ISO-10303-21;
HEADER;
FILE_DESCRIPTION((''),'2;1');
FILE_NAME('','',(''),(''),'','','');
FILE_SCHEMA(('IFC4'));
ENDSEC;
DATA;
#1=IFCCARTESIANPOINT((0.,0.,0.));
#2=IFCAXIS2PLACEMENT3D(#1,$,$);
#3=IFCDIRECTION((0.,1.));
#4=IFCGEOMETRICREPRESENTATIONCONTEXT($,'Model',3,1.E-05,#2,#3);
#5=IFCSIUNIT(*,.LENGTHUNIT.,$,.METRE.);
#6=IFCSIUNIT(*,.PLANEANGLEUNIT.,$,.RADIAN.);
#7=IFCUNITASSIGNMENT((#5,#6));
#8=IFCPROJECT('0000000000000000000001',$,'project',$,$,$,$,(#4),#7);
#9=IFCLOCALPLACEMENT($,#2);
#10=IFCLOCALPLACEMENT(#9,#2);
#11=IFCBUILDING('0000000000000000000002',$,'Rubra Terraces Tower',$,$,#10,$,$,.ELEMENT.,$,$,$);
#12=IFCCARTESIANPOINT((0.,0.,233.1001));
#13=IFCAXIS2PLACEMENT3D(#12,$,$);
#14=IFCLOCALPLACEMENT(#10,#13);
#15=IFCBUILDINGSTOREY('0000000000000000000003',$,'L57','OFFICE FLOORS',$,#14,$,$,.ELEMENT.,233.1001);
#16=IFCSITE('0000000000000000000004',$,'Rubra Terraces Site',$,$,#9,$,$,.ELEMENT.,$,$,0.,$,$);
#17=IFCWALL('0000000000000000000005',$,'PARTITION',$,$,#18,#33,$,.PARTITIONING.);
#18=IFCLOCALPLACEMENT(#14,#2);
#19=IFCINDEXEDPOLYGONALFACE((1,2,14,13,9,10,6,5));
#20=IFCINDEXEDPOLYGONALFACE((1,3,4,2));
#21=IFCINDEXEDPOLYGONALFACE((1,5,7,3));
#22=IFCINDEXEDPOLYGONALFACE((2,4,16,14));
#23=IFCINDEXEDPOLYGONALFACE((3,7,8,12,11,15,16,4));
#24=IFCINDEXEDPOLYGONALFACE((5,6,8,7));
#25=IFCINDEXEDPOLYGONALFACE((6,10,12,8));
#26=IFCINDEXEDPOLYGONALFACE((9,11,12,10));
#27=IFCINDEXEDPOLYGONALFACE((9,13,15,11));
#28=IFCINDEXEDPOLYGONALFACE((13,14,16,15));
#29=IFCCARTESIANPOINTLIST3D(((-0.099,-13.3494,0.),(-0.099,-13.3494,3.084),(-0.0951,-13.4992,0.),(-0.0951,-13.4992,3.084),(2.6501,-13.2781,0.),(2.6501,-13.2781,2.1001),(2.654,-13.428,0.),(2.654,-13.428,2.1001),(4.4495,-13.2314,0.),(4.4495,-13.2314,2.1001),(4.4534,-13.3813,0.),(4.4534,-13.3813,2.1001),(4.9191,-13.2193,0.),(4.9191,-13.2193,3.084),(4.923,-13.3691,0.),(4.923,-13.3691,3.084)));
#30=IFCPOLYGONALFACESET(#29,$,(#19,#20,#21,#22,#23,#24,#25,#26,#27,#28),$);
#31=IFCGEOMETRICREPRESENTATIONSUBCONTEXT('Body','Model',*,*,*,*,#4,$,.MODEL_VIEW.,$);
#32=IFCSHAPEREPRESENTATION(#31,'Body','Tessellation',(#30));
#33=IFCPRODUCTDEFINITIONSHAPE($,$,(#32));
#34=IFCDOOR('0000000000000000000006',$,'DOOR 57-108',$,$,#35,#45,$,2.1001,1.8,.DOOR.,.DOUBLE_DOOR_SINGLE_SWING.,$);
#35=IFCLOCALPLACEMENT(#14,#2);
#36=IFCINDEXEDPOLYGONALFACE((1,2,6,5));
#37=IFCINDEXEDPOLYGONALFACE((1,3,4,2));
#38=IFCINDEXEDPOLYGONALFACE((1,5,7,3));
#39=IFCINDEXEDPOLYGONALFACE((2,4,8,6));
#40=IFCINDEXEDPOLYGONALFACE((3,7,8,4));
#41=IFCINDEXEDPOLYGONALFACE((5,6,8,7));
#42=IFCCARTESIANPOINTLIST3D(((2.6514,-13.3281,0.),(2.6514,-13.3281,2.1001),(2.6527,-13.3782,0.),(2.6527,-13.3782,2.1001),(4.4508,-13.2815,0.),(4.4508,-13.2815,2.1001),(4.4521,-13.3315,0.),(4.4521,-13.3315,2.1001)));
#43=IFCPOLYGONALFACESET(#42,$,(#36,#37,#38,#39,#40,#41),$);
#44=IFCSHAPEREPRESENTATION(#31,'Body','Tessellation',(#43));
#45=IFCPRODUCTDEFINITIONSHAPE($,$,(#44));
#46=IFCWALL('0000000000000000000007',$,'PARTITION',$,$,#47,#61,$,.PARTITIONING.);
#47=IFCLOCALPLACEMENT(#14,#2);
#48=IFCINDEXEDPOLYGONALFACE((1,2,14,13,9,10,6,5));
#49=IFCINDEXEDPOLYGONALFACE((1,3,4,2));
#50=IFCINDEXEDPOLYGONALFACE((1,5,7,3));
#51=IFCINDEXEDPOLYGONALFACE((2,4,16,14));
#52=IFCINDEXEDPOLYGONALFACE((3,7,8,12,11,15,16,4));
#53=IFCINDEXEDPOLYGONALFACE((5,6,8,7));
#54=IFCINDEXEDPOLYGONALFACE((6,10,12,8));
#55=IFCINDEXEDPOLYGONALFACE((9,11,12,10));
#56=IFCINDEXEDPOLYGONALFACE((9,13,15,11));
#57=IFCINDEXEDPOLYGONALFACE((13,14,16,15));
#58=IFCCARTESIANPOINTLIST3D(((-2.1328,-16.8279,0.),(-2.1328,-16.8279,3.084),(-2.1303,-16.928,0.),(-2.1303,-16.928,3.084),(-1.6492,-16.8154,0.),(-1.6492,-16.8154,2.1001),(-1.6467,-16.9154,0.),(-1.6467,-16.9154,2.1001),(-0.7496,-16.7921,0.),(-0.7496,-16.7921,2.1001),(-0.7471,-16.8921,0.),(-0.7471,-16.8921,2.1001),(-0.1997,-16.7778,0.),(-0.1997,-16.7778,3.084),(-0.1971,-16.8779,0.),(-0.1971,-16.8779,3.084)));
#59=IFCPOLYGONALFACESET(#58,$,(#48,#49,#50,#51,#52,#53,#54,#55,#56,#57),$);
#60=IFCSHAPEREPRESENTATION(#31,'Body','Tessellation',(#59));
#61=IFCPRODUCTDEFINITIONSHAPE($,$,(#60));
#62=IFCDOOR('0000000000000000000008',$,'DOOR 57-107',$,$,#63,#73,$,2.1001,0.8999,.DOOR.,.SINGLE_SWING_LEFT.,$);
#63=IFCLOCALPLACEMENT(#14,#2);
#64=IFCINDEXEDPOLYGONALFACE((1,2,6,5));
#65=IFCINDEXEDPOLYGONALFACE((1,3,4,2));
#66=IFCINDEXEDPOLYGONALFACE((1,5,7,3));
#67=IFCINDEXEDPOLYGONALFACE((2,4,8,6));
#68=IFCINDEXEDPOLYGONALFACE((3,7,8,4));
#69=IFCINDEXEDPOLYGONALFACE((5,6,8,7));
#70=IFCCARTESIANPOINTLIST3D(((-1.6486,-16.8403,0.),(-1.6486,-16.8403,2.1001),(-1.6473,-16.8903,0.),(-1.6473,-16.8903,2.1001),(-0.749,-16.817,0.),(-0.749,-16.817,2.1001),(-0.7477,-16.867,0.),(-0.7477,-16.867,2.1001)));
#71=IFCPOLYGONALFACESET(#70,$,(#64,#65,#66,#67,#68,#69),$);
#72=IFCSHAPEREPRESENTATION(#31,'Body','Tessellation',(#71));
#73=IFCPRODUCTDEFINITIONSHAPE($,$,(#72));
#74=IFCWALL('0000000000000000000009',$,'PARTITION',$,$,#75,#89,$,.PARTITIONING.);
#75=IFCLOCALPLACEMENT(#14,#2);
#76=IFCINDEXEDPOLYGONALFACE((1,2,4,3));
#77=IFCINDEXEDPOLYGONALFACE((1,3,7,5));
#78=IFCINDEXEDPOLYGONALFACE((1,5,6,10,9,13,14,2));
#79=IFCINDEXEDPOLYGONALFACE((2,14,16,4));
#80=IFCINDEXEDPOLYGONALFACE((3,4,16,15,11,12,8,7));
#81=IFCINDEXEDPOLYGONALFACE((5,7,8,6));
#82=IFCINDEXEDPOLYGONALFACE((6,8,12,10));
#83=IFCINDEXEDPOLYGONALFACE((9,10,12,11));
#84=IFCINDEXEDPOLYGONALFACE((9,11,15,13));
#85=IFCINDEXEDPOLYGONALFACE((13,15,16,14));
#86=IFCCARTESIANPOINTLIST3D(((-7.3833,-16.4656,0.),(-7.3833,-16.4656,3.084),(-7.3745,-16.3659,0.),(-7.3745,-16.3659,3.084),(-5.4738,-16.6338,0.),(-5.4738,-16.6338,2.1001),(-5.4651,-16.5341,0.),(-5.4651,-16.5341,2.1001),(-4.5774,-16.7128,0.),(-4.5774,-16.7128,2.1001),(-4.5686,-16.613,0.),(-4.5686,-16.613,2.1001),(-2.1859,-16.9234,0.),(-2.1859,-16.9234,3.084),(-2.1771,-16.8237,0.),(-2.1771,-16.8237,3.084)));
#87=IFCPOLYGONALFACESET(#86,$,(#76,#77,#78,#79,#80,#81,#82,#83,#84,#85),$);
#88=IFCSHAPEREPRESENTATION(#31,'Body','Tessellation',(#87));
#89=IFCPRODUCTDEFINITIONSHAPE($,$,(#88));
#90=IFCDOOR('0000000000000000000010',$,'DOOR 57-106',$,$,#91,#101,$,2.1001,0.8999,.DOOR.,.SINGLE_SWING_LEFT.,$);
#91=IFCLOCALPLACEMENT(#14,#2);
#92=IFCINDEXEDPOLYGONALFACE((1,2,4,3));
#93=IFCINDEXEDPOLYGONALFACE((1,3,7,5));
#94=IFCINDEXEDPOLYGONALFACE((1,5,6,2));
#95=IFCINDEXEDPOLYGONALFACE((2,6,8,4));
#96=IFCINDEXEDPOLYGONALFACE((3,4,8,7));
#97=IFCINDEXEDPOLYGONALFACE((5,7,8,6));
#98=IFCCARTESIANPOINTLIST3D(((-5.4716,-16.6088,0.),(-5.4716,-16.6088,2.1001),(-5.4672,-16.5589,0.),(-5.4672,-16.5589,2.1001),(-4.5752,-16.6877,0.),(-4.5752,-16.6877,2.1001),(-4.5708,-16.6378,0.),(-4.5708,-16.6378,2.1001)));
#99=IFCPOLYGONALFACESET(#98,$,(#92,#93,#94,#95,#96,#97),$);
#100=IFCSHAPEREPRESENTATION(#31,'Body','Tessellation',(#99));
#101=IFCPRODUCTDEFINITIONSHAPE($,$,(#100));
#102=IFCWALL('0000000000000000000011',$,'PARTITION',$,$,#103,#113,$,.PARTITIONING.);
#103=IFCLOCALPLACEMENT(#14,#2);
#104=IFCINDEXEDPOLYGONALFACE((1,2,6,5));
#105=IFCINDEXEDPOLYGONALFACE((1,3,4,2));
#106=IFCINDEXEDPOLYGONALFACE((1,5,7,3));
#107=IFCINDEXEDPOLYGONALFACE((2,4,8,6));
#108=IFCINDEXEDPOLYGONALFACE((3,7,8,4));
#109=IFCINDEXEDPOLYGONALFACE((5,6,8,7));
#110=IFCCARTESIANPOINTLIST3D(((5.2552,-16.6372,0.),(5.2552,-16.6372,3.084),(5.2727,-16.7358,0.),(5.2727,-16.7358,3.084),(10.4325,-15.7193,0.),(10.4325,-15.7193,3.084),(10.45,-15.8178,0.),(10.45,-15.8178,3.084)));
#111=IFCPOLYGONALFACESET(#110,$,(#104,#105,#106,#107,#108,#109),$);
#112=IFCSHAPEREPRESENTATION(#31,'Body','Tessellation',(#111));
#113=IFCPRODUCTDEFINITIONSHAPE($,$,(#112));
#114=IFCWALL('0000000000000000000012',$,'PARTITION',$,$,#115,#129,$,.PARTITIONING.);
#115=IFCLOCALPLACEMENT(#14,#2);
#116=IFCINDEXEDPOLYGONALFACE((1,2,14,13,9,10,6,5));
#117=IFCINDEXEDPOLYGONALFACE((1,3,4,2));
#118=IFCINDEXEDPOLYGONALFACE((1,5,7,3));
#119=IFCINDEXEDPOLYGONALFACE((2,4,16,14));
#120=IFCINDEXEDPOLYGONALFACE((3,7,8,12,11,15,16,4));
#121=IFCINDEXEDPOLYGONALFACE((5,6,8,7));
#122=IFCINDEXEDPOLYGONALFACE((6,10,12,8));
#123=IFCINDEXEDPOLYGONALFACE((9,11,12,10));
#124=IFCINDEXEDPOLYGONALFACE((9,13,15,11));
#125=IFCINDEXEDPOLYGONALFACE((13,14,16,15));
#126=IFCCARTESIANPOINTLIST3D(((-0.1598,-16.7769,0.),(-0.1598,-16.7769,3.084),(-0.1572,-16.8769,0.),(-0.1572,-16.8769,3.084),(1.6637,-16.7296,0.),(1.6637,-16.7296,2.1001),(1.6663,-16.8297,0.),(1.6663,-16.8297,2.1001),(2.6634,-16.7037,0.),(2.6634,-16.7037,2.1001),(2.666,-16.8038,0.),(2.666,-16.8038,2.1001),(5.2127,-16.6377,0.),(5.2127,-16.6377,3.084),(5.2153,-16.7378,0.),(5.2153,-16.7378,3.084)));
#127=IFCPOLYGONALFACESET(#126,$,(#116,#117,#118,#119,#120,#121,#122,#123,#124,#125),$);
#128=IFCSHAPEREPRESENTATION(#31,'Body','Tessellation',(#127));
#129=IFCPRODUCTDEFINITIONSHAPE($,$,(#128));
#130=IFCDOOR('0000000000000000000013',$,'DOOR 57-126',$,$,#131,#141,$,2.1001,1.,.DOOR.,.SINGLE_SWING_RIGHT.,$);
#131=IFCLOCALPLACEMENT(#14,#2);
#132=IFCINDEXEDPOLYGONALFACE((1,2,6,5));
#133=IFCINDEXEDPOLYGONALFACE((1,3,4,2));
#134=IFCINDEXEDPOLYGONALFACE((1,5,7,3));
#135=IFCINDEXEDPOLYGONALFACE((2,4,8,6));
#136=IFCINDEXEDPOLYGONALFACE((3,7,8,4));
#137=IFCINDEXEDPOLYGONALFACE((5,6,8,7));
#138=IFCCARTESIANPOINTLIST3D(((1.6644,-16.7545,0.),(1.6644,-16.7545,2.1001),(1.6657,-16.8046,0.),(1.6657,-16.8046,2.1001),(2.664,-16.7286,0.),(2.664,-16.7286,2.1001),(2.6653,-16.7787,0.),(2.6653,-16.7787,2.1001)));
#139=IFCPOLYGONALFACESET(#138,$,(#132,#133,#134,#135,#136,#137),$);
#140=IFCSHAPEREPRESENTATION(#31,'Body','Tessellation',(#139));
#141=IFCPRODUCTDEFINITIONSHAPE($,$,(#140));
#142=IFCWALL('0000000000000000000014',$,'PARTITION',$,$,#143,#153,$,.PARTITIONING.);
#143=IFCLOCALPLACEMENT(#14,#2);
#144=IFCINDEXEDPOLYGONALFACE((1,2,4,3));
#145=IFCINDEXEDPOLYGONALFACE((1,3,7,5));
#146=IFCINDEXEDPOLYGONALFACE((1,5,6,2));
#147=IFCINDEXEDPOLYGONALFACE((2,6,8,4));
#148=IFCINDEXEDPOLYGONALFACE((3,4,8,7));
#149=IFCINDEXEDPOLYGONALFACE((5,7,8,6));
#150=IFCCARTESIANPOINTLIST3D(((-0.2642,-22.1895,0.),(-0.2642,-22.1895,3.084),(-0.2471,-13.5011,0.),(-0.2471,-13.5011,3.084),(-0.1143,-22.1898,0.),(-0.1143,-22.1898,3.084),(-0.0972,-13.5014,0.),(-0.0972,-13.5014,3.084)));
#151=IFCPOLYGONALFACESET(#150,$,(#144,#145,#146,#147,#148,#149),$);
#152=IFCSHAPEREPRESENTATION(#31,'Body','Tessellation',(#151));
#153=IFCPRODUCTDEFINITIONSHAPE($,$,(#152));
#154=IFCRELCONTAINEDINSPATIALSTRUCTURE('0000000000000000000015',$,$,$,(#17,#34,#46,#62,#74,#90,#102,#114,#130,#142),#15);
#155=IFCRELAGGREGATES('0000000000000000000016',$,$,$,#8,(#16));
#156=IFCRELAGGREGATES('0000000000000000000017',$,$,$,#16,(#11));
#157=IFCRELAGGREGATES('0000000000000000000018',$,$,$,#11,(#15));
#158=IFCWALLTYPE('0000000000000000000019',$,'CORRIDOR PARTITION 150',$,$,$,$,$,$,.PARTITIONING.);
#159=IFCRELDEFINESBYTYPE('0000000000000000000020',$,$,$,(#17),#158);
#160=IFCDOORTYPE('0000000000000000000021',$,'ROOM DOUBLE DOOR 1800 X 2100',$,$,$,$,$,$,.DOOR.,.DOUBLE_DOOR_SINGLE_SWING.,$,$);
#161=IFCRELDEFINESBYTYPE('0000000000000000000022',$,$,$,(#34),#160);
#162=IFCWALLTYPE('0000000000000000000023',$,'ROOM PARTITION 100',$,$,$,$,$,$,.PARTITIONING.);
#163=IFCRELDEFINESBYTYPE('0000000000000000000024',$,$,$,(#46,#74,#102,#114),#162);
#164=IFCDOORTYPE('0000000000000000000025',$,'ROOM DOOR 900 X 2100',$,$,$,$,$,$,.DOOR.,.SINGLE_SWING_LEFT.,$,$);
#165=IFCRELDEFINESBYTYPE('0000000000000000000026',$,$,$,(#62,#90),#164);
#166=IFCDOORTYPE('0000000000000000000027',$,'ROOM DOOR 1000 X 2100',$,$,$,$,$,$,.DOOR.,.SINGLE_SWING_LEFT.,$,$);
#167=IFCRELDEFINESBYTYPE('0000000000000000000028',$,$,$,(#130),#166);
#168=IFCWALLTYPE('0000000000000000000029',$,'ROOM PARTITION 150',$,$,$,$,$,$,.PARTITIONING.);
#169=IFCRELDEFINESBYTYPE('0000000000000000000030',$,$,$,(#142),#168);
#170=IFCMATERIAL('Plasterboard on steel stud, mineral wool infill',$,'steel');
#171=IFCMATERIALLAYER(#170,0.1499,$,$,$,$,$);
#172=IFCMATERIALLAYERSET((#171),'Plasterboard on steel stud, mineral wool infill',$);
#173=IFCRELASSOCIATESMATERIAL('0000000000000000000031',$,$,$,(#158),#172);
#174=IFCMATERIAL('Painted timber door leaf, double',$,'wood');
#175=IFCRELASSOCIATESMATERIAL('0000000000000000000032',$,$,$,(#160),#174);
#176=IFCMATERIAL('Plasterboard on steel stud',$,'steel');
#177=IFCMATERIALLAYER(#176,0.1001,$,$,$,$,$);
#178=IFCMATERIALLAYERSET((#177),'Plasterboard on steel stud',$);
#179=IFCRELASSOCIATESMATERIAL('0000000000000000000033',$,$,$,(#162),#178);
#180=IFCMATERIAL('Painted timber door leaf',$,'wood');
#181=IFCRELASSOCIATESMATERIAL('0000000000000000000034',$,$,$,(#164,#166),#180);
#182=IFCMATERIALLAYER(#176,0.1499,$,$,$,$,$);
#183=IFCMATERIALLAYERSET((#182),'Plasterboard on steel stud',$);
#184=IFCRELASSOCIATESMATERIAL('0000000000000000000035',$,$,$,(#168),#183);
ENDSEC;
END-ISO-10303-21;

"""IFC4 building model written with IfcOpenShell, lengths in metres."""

from ifc_helpers import new_model, si_unit, direction, frame, frame_2d, origin, place, context, subcontext, project, spatial, rectangle, extrude, material, layer, layer_set, type_object, element, fill, save


model = new_model("IFC4")

# Units and contexts
model_context = context("Model", 3, precision=1e-05, world=origin(), true_north=direction((0.0, 1.0)))
body_context = subcontext(model_context, "Body", "Model", "MODEL_VIEW")
ifc_project = project(units=[si_unit("LENGTHUNIT", "METRE"), si_unit("PLANEANGLEUNIT", "RADIAN")], contexts=[model_context])

# Site, building, storey
site_placement = place(None, origin())
site = spatial("IfcSite", under=ifc_project, at=site_placement, Name="Rubra Terraces Site", CompositionType="ELEMENT", RefElevation=0.0)
building_placement = place(site_placement, origin())
building = spatial("IfcBuilding", under=site, at=building_placement, Name="Rubra Terraces Tower", CompositionType="ELEMENT")
storey_placement = place(building_placement, frame((0.0, 0.0, 233.1001)))
storey = spatial("IfcBuildingStorey", under=building, at=storey_placement, Name="L57", Description="OFFICE FLOORS", CompositionType="ELEMENT", Elevation=233.1001)

# Shared definitions
ifc_material_1 = material(Name="Plasterboard on steel stud, mineral wool infill", Category="steel")
ifc_layer_1 = layer(ifc_material_1, 0.1499)
ifc_layer_set_1 = layer_set([ifc_layer_1], Name="Plasterboard on steel stud, mineral wool infill")
wall_type_1 = type_object("IfcWallType", Name="CORRIDOR PARTITION 150", PredefinedType="PARTITIONING", material=ifc_layer_set_1)

# Walls, openings, doors
wall_1_placement = place(storey_placement, frame((-0.0969, -13.4243, 0.0), z_axis=(0.0, 0.0, 1.0), x_axis=(0.999664, 0.025923, 0.0)))
wall_1 = element("IfcWall", 1, at=wall_1_placement, inside=storey, type_object=wall_type_1, Name="PARTITION", PredefinedType="PARTITIONING", context=body_context, shape_type="SweptSolid", body=[
    extrude(rectangle(XDim=5.0198, YDim=0.1499, at=frame_2d((2.5098, 0.0))), origin(), (0.0, 0.0, 1.0), 3.084),
])
opening_1_placement = place(wall_1_placement, frame((2.75, 0.0, 0.0)))
opening_1 = element("IfcOpeningElement", 2, at=opening_1_placement, cuts=wall_1, PredefinedType="OPENING", context=body_context, shape_type="SweptSolid", body=[
    extrude(rectangle(XDim=1.8, YDim=2.1001, at=frame_2d((0.8999, 1.05))), frame((0.0, 0.085, 0.0), z_axis=(0.0, -1.0, 0.0), x_axis=(1.0, 0.0, 0.0)), (0.0, 0.0, 1.0), 0.1699),
])
ifc_material_2 = material(Name="Painted timber door leaf, double", Category="wood")
door_type_1 = type_object("IfcDoorType", Name="ROOM DOUBLE DOOR 1800 X 2100", OperationType="DOUBLE_DOOR_SINGLE_SWING", PredefinedType="DOOR", material=ifc_material_2)
door_1_placement = place(opening_1_placement, origin())
door_1 = element("IfcDoor", 3, at=door_1_placement, inside=storey, type_object=door_type_1, Name="DOOR 57-108", OperationType="DOUBLE_DOOR_SINGLE_SWING", OverallHeight=2.1001, OverallWidth=1.8, PredefinedType="DOOR", context=body_context, shape_type="SweptSolid", body=[
    extrude(rectangle(XDim=1.8, YDim=2.1001, at=frame_2d((0.8999, 1.05))), frame((0.0, 0.0249, 0.0), z_axis=(0.0, -1.0, 0.0), x_axis=(1.0, 0.0, 0.0)), (0.0, 0.0, 1.0), 0.05),
])
fill(opening_1, door_1)
ifc_material_3 = material(Name="Plasterboard on steel stud", Category="steel")
ifc_layer_2 = layer(ifc_material_3, 0.1001)
ifc_layer_set_2 = layer_set([ifc_layer_2], Name="Plasterboard on steel stud")
wall_type_2 = type_object("IfcWallType", Name="ROOM PARTITION 100", PredefinedType="PARTITIONING", material=ifc_layer_set_2)
wall_2_placement = place(storey_placement, frame((-0.1985, -16.8279, 0.0), z_axis=(0.0, 0.0, 1.0), x_axis=(-0.999665, -0.025882, 0.0)))
wall_2 = element("IfcWall", 4, at=wall_2_placement, inside=storey, type_object=wall_type_2, Name="PARTITION", PredefinedType="PARTITIONING", context=body_context, shape_type="SweptSolid", body=[
    extrude(rectangle(XDim=1.9338, YDim=0.1001, at=frame_2d((0.9668, 0.0))), origin(), (0.0, 0.0, 1.0), 3.084),
])
opening_2_placement = place(wall_2_placement, frame((0.55, 0.0, 0.0)))
opening_2 = element("IfcOpeningElement", 5, at=opening_2_placement, cuts=wall_2, PredefinedType="OPENING", context=body_context, shape_type="SweptSolid", body=[
    extrude(rectangle(XDim=0.8999, YDim=2.1001, at=frame_2d((0.45, 1.05))), frame((0.0, 0.0601, 0.0), z_axis=(0.0, -1.0, 0.0), x_axis=(1.0, 0.0, 0.0)), (0.0, 0.0, 1.0), 0.1201),
])
ifc_material_4 = material(Name="Painted timber door leaf", Category="wood")
door_type_2 = type_object("IfcDoorType", Name="ROOM DOOR 900 X 2100", OperationType="SINGLE_SWING_LEFT", PredefinedType="DOOR", material=ifc_material_4)
door_2_placement = place(opening_2_placement, origin())
door_2 = element("IfcDoor", 6, at=door_2_placement, inside=storey, type_object=door_type_2, Name="DOOR 57-107", OperationType="SINGLE_SWING_LEFT", OverallHeight=2.1001, OverallWidth=0.8999, PredefinedType="DOOR", context=body_context, shape_type="SweptSolid", body=[
    extrude(rectangle(XDim=0.8999, YDim=2.1001, at=frame_2d((0.45, 1.05))), frame((0.0, 0.0249, 0.0), z_axis=(0.0, -1.0, 0.0), x_axis=(1.0, 0.0, 0.0)), (0.0, 0.0, 1.0), 0.05),
])
fill(opening_2, door_2)
wall_3_placement = place(storey_placement, frame((-2.1814, -16.8735, 0.0), z_axis=(0.0, 0.0, 1.0), x_axis=(-0.996144, 0.087734, 0.0)))
wall_3 = element("IfcWall", 7, at=wall_3_placement, inside=storey, type_object=wall_type_2, Name="PARTITION", PredefinedType="PARTITIONING", context=body_context, shape_type="SweptSolid", body=[
    extrude(rectangle(XDim=5.2175, YDim=0.1001, at=frame_2d((2.6089, 0.0))), origin(), (0.0, 0.0, 1.0), 3.084),
])
opening_3_placement = place(wall_3_placement, frame((2.4009, 0.0, 0.0)))
opening_3 = element("IfcOpeningElement", 8, at=opening_3_placement, cuts=wall_3, PredefinedType="OPENING", context=body_context, shape_type="SweptSolid", body=[
    extrude(rectangle(XDim=0.8999, YDim=2.1001, at=frame_2d((0.45, 1.05))), frame((0.0, 0.0601, 0.0), z_axis=(0.0, -1.0, 0.0), x_axis=(1.0, 0.0, 0.0)), (0.0, 0.0, 1.0), 0.1201),
])
door_3_placement = place(opening_3_placement, origin())
door_3 = element("IfcDoor", 9, at=door_3_placement, inside=storey, type_object=door_type_2, Name="DOOR 57-106", OperationType="SINGLE_SWING_LEFT", OverallHeight=2.1001, OverallWidth=0.8999, PredefinedType="DOOR", context=body_context, shape_type="SweptSolid", body=[
    extrude(rectangle(XDim=0.8999, YDim=2.1001, at=frame_2d((0.45, 1.05))), frame((0.0, 0.0249, 0.0), z_axis=(0.0, -1.0, 0.0), x_axis=(1.0, 0.0, 0.0)), (0.0, 0.0, 1.0), 0.05),
])
fill(opening_3, door_3)

# Wall
wall_4_placement = place(storey_placement, frame((10.4412, -15.7686, 0.0), z_axis=(0.0, 0.0, 1.0), x_axis=(-0.984642, -0.174585, 0.0)))
element("IfcWall", 10, at=wall_4_placement, inside=storey, type_object=wall_type_2, Name="PARTITION", PredefinedType="PARTITIONING", context=body_context, shape_type="SweptSolid", body=[
    extrude(rectangle(XDim=5.2581, YDim=0.1001, at=frame_2d((2.6289, 0.0))), origin(), (0.0, 0.0, 1.0), 3.084),
])

# Wall, opening, door
wall_5_placement = place(storey_placement, frame((5.2139, -16.6877, 0.0), z_axis=(0.0, 0.0, 1.0), x_axis=(-0.999665, -0.025893, 0.0)))
wall_5 = element("IfcWall", 11, at=wall_5_placement, inside=storey, type_object=wall_type_2, Name="PARTITION", PredefinedType="PARTITIONING", context=body_context, shape_type="SweptSolid", body=[
    extrude(rectangle(XDim=5.3743, YDim=0.1001, at=frame_2d((2.687, 0.0))), origin(), (0.0, 0.0, 1.0), 3.084),
])
opening_4_placement = place(wall_5_placement, frame((2.55, 0.0, 0.0)))
opening_4 = element("IfcOpeningElement", 12, at=opening_4_placement, cuts=wall_5, PredefinedType="OPENING", context=body_context, shape_type="SweptSolid", body=[
    extrude(rectangle(XDim=1.0, YDim=2.1001, at=frame_2d((0.5, 1.05))), frame((0.0, 0.0601, 0.0), z_axis=(0.0, -1.0, 0.0), x_axis=(1.0, 0.0, 0.0)), (0.0, 0.0, 1.0), 0.1201),
])
door_type_3 = type_object("IfcDoorType", Name="ROOM DOOR 1000 X 2100", OperationType="SINGLE_SWING_LEFT", PredefinedType="DOOR", material=ifc_material_4)
door_4_placement = place(opening_4_placement, origin())
door_4 = element("IfcDoor", 13, at=door_4_placement, inside=storey, type_object=door_type_3, Name="DOOR 57-126", OperationType="SINGLE_SWING_RIGHT", OverallHeight=2.1001, OverallWidth=1.0, PredefinedType="DOOR", context=body_context, shape_type="SweptSolid", body=[
    extrude(rectangle(XDim=1.0, YDim=2.1001, at=frame_2d((0.5, 1.05))), frame((0.0, 0.0249, 0.0), z_axis=(0.0, -1.0, 0.0), x_axis=(1.0, 0.0, 0.0)), (0.0, 0.0, 1.0), 0.05),
])
fill(opening_4, door_4)

# Wall
ifc_layer_3 = layer(ifc_material_3, 0.1499)
ifc_layer_set_3 = layer_set([ifc_layer_3], Name="Plasterboard on steel stud")
wall_type_3 = type_object("IfcWallType", Name="ROOM PARTITION 150", PredefinedType="PARTITIONING", material=ifc_layer_set_3)
wall_6_placement = place(storey_placement, frame((-0.1892, -22.1897, 0.0), z_axis=(0.0, 0.0, 1.0), x_axis=(0.001967, 0.999998, 0.0)))
element("IfcWall", 14, at=wall_6_placement, inside=storey, type_object=wall_type_3, Name="PARTITION", PredefinedType="PARTITIONING", context=body_context, shape_type="SweptSolid", body=[
    extrude(rectangle(XDim=8.6885, YDim=0.1499, at=frame_2d((4.3442, 0.0))), origin(), (0.0, 0.0, 1.0), 3.084),
])

save(model, "model.ifc")
